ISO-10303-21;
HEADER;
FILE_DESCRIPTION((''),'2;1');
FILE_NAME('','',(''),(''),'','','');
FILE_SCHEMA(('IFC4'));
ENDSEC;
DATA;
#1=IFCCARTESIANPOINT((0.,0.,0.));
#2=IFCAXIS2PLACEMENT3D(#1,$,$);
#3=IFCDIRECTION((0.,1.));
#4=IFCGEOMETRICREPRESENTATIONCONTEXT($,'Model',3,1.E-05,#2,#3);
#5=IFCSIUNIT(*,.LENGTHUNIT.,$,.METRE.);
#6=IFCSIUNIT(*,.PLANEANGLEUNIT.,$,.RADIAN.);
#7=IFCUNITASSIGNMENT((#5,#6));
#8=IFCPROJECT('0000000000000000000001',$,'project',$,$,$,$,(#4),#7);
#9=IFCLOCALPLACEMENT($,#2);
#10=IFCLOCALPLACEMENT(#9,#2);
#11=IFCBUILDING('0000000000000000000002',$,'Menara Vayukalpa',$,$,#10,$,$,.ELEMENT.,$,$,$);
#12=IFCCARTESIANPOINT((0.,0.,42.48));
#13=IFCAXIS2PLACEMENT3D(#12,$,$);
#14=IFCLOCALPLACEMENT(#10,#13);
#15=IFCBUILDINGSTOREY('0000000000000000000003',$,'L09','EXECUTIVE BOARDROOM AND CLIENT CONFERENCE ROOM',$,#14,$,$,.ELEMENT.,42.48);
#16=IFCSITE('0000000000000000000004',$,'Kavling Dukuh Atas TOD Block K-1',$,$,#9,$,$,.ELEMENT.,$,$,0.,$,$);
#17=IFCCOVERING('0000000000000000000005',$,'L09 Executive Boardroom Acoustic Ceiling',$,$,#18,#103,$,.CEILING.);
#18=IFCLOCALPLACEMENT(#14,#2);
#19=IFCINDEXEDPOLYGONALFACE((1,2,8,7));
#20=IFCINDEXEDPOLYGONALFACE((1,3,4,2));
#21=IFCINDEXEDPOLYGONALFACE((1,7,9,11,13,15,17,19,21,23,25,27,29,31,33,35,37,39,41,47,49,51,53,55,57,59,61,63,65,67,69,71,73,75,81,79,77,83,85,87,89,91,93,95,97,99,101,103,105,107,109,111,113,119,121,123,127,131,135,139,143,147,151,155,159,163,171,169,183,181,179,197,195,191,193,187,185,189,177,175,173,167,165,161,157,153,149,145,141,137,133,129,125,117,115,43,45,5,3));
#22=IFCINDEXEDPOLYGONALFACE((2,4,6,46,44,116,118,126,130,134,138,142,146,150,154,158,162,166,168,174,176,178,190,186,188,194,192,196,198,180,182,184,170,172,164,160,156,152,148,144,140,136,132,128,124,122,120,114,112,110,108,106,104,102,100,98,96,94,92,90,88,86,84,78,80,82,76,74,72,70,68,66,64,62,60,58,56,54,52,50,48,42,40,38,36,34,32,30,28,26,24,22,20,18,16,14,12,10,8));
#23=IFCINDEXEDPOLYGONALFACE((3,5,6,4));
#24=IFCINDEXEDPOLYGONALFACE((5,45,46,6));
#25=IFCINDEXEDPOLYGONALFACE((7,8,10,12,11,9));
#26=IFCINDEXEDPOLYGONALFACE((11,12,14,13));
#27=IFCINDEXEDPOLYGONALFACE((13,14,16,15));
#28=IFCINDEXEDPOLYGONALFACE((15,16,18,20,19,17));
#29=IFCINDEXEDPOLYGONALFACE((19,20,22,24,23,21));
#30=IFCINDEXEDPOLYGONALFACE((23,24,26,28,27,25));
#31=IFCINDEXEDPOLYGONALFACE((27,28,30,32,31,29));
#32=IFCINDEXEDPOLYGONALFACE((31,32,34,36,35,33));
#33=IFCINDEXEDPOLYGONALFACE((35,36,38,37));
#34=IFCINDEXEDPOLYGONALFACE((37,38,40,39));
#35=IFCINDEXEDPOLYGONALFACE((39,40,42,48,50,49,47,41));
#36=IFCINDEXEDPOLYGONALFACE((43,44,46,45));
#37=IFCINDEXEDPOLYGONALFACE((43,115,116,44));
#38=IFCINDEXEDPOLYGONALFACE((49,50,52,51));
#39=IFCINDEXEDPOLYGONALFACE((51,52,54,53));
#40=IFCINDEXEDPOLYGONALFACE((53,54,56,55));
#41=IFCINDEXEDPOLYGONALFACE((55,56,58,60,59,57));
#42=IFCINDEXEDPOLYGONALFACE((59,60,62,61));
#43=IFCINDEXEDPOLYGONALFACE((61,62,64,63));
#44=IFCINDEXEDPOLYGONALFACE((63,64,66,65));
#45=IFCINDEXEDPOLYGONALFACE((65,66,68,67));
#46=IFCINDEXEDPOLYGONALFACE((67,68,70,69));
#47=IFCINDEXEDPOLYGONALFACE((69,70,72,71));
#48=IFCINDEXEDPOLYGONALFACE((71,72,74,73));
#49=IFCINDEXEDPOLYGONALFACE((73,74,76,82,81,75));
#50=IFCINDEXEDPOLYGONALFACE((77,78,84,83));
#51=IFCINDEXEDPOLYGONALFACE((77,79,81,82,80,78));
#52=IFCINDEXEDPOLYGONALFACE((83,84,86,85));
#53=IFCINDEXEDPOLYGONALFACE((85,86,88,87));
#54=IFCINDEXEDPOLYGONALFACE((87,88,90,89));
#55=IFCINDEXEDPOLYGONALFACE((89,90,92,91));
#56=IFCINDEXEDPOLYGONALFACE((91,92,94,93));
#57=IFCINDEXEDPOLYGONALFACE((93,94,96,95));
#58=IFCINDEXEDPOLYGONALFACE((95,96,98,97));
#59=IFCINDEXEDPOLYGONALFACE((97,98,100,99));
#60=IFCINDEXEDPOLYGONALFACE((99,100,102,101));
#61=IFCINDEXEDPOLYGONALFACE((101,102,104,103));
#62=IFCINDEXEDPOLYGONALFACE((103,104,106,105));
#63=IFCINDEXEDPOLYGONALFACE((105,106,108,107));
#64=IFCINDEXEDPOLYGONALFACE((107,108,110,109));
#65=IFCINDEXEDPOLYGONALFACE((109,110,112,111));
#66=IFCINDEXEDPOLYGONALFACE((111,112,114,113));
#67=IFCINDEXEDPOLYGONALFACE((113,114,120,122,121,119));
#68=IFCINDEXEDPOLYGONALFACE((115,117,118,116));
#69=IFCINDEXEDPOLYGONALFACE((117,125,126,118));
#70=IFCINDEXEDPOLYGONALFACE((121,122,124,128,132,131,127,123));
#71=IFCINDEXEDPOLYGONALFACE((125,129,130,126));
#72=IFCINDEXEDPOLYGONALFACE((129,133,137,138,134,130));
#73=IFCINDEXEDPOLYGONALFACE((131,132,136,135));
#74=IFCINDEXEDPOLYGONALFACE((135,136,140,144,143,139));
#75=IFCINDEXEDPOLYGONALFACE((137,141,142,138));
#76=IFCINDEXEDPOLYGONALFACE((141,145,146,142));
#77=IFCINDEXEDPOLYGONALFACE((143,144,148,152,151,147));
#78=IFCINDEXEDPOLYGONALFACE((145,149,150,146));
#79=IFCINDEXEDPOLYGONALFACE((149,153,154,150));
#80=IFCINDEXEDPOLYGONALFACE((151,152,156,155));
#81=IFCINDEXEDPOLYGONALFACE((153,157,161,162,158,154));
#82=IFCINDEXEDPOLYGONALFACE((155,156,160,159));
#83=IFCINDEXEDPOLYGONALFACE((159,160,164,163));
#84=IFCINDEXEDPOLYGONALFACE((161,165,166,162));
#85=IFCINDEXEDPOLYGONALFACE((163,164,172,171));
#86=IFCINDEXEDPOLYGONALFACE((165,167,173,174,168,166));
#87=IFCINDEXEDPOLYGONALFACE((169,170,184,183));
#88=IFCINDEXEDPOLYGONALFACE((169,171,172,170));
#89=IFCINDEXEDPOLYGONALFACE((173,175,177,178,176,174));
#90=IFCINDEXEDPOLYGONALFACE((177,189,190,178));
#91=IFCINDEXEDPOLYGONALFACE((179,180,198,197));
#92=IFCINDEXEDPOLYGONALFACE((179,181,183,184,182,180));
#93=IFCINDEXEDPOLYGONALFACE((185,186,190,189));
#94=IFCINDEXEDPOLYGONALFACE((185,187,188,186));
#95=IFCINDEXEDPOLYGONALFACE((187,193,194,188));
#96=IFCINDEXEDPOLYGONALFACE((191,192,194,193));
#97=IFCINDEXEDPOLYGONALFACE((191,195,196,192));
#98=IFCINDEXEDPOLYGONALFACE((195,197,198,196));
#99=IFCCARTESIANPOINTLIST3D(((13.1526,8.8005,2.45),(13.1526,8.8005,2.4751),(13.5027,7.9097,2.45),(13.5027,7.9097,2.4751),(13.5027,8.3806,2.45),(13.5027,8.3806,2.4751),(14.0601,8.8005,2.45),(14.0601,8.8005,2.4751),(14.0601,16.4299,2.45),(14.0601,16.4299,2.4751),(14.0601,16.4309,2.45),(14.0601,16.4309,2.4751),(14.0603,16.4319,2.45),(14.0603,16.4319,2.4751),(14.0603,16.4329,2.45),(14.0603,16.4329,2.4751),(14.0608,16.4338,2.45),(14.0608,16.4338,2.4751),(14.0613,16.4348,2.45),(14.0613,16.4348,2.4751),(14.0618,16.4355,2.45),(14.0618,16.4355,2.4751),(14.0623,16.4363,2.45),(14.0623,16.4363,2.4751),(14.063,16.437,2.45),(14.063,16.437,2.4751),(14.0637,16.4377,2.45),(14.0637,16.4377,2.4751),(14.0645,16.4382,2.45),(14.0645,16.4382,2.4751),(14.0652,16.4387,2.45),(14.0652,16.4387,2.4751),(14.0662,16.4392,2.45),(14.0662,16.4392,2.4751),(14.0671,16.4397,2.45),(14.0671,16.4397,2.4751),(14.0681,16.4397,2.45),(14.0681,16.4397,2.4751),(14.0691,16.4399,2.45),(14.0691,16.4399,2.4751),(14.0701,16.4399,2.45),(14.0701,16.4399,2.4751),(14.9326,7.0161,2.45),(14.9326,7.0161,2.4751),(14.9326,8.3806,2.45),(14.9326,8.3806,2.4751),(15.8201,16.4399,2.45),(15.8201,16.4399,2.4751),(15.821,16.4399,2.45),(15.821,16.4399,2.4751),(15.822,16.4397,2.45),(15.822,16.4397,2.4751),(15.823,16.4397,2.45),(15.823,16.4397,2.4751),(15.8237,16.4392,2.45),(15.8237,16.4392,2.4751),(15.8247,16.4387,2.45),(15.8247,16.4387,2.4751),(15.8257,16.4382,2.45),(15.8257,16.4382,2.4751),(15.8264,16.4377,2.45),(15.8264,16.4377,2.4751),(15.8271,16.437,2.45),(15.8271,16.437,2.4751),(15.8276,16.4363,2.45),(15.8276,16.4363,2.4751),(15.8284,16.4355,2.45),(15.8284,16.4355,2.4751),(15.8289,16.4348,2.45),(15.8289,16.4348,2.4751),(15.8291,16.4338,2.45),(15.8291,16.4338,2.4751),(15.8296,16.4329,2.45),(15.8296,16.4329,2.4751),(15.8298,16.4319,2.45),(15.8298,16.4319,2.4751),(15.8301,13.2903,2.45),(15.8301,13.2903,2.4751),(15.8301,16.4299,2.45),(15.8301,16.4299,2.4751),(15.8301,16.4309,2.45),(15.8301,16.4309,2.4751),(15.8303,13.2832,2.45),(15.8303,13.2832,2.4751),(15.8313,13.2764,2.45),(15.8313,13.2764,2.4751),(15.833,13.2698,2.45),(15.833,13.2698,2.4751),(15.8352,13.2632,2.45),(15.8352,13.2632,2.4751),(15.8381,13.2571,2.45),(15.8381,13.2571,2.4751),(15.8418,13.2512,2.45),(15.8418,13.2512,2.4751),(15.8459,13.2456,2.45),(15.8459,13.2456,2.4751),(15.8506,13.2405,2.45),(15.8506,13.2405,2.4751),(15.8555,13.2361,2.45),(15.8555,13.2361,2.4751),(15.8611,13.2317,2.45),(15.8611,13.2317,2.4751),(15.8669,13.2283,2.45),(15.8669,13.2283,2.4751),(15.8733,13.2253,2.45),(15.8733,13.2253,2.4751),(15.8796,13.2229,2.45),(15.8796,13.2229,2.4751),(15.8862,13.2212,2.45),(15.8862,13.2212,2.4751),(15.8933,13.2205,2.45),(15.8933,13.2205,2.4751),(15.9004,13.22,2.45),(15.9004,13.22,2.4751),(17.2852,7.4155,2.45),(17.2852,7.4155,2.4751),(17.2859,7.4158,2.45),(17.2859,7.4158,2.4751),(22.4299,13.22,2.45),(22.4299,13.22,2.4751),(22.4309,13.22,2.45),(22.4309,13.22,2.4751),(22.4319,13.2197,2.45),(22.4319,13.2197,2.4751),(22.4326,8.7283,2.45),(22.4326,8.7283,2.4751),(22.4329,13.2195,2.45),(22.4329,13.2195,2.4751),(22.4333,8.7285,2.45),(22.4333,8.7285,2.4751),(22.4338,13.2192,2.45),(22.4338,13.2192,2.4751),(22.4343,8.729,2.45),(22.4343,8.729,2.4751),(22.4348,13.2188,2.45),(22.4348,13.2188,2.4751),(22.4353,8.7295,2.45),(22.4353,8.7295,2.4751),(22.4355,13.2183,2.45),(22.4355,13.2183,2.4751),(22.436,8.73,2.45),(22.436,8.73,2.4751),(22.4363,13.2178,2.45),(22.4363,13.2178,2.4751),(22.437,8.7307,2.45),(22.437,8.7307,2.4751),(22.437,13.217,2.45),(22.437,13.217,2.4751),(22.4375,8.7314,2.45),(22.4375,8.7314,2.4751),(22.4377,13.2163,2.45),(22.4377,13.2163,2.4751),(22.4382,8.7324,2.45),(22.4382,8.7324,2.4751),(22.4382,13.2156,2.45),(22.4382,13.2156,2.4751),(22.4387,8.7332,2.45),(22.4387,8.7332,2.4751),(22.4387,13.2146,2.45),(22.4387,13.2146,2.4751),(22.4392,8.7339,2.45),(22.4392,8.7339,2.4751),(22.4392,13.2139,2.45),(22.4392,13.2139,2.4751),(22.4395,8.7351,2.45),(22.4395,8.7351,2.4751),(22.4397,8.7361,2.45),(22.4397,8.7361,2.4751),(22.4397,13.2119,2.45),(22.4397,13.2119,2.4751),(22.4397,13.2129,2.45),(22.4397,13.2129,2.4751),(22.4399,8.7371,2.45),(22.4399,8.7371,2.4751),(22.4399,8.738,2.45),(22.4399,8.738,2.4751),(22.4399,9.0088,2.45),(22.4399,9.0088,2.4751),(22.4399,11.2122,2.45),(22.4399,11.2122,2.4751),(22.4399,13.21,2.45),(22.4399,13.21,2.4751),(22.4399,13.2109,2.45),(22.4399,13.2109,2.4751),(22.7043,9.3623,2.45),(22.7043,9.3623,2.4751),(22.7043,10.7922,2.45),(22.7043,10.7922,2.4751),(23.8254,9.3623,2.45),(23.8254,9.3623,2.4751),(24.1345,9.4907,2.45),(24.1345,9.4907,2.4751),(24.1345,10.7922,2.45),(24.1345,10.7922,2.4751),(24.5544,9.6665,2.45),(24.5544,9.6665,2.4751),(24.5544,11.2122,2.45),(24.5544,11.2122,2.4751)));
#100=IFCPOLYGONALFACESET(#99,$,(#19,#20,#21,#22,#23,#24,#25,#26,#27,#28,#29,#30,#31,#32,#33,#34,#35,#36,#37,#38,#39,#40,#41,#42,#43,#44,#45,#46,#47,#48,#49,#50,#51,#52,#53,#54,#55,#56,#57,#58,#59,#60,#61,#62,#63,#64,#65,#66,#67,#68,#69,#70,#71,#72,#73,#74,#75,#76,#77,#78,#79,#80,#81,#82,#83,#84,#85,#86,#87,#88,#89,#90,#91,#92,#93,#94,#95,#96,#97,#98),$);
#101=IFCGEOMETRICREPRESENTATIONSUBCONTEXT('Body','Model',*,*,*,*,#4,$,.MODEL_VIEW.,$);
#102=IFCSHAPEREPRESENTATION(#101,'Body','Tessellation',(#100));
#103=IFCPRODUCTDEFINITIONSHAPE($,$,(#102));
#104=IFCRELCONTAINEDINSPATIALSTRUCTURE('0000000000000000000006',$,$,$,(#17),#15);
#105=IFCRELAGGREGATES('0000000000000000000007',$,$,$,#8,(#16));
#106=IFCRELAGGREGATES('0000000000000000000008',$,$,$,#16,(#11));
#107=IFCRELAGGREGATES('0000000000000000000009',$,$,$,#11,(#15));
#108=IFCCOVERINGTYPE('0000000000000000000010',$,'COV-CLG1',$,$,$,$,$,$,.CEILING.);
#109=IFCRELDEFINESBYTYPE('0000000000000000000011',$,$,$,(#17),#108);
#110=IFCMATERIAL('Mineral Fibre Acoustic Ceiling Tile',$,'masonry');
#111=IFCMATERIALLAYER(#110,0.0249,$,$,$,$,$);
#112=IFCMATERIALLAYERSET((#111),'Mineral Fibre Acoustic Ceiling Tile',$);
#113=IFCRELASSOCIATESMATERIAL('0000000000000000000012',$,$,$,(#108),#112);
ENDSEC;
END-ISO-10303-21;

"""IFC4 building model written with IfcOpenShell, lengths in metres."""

from ifc_helpers import new_model, si_unit, direction, frame, origin, place, context, subcontext, project, spatial, polyline, outline, extrude, material, layer, layer_set, type_object, element, save


model = new_model("IFC4")

# Units and contexts
model_context = context("Model", 3, precision=1e-05, world=origin(), true_north=direction((0.0, 1.0)))
body_context = subcontext(model_context, "Body", "Model", "MODEL_VIEW")
ifc_project = project(units=[si_unit("LENGTHUNIT", "METRE"), si_unit("PLANEANGLEUNIT", "RADIAN")], contexts=[model_context])

# Site, building, storey
site_placement = place(None, origin())
site = spatial("IfcSite", under=ifc_project, at=site_placement, Name="Kavling Dukuh Atas TOD Block K-1", CompositionType="ELEMENT", RefElevation=0.0)
building_placement = place(site_placement, origin())
building = spatial("IfcBuilding", under=site, at=building_placement, Name="Menara Vayukalpa", CompositionType="ELEMENT")
storey_placement = place(building_placement, frame((0.0, 0.0, 42.48)))
storey = spatial("IfcBuildingStorey", under=building, at=storey_placement, Name="L09", Description="EXECUTIVE BOARDROOM AND CLIENT CONFERENCE ROOM", CompositionType="ELEMENT", Elevation=42.48)

# Covering
ifc_material_1 = material(Name="Mineral Fibre Acoustic Ceiling Tile", Category="masonry")
ifc_layer_1 = layer(ifc_material_1, 0.0249)
ifc_layer_set_1 = layer_set([ifc_layer_1], Name="Mineral Fibre Acoustic Ceiling Tile")
covering_type_1 = type_object("IfcCoveringType", Name="COV-CLG1", PredefinedType="CEILING", material=ifc_layer_set_1)
covering_1_placement = place(storey_placement, frame((0.0, 0.0, 2.45)))
element("IfcCovering", 1, at=covering_1_placement, inside=storey, type_object=covering_type_1, Name="L09 Executive Boardroom Acoustic Ceiling", PredefinedType="CEILING", context=body_context, shape_type="SweptSolid", body=[
    extrude(outline(polyline([(13.1526, 8.8005), (14.0601, 8.8005), (14.0601, 16.4299), (14.0601, 16.4309), (14.0603, 16.4319), (14.0603, 16.4329), (14.0608, 16.4338), (14.0613, 16.4348), (14.0618, 16.4355), (14.0623, 16.4363), (14.063, 16.437), (14.0637, 16.4377), (14.0645, 16.4382), (14.0652, 16.4387), (14.0662, 16.4392), (14.0671, 16.4397), (14.0681, 16.4397), (14.0691, 16.4399), (14.0701, 16.4399), (15.8201, 16.4399), (15.821, 16.4399), (15.822, 16.4397), (15.823, 16.4397), (15.8237, 16.4392), (15.8247, 16.4387), (15.8257, 16.4382), (15.8264, 16.4377), (15.8271, 16.437), (15.8276, 16.4363), (15.8284, 16.4355), (15.8289, 16.4348), (15.8291, 16.4338), (15.8296, 16.4329), (15.8298, 16.4319), (15.8301, 16.4309), (15.8301, 16.4299), (15.8301, 13.2903), (15.8303, 13.2832), (15.8313, 13.2764), (15.833, 13.2698), (15.8352, 13.2632), (15.8381, 13.2571), (15.8418, 13.2512), (15.8459, 13.2456), (15.8506, 13.2405), (15.8555, 13.2361), (15.8611, 13.2317), (15.8669, 13.2283), (15.8733, 13.2253), (15.8796, 13.2229), (15.8862, 13.2212), (15.8933, 13.2205), (15.9004, 13.22), (22.4299, 13.22), (22.4309, 13.22), (22.4319, 13.2197), (22.4329, 13.2195), (22.4338, 13.2192), (22.4348, 13.2188), (22.4355, 13.2183), (22.4363, 13.2178), (22.437, 13.217), (22.4377, 13.2163), (22.4382, 13.2156), (22.4387, 13.2146), (22.4392, 13.2139), (22.4397, 13.2129), (22.4397, 13.2119), (22.4399, 13.2109), (22.4399, 13.21), (22.4399, 11.2122), (24.5544, 11.2122), (24.5544, 9.6665), (24.1345, 9.4907), (24.1345, 10.7922), (22.7043, 10.7922), (22.7043, 9.3623), (23.8254, 9.3623), (22.4399, 9.0088), (22.4399, 8.738), (22.4399, 8.7371), (22.4397, 8.7361), (22.4395, 8.7351), (22.4392, 8.7339), (22.4387, 8.7332), (22.4382, 8.7324), (22.4375, 8.7314), (22.437, 8.7307), (22.436, 8.73), (22.4353, 8.7295), (22.4343, 8.729), (22.4333, 8.7285), (22.4326, 8.7283), (17.2859, 7.4158), (17.2852, 7.4155), (14.9326, 7.0161), (14.9326, 8.3806), (13.5027, 8.3806), (13.5027, 7.9097), (13.1526, 8.8005)])), origin(), (0.0, 0.0, 1.0), 0.0251),
])

save(model, "model.ifc")
